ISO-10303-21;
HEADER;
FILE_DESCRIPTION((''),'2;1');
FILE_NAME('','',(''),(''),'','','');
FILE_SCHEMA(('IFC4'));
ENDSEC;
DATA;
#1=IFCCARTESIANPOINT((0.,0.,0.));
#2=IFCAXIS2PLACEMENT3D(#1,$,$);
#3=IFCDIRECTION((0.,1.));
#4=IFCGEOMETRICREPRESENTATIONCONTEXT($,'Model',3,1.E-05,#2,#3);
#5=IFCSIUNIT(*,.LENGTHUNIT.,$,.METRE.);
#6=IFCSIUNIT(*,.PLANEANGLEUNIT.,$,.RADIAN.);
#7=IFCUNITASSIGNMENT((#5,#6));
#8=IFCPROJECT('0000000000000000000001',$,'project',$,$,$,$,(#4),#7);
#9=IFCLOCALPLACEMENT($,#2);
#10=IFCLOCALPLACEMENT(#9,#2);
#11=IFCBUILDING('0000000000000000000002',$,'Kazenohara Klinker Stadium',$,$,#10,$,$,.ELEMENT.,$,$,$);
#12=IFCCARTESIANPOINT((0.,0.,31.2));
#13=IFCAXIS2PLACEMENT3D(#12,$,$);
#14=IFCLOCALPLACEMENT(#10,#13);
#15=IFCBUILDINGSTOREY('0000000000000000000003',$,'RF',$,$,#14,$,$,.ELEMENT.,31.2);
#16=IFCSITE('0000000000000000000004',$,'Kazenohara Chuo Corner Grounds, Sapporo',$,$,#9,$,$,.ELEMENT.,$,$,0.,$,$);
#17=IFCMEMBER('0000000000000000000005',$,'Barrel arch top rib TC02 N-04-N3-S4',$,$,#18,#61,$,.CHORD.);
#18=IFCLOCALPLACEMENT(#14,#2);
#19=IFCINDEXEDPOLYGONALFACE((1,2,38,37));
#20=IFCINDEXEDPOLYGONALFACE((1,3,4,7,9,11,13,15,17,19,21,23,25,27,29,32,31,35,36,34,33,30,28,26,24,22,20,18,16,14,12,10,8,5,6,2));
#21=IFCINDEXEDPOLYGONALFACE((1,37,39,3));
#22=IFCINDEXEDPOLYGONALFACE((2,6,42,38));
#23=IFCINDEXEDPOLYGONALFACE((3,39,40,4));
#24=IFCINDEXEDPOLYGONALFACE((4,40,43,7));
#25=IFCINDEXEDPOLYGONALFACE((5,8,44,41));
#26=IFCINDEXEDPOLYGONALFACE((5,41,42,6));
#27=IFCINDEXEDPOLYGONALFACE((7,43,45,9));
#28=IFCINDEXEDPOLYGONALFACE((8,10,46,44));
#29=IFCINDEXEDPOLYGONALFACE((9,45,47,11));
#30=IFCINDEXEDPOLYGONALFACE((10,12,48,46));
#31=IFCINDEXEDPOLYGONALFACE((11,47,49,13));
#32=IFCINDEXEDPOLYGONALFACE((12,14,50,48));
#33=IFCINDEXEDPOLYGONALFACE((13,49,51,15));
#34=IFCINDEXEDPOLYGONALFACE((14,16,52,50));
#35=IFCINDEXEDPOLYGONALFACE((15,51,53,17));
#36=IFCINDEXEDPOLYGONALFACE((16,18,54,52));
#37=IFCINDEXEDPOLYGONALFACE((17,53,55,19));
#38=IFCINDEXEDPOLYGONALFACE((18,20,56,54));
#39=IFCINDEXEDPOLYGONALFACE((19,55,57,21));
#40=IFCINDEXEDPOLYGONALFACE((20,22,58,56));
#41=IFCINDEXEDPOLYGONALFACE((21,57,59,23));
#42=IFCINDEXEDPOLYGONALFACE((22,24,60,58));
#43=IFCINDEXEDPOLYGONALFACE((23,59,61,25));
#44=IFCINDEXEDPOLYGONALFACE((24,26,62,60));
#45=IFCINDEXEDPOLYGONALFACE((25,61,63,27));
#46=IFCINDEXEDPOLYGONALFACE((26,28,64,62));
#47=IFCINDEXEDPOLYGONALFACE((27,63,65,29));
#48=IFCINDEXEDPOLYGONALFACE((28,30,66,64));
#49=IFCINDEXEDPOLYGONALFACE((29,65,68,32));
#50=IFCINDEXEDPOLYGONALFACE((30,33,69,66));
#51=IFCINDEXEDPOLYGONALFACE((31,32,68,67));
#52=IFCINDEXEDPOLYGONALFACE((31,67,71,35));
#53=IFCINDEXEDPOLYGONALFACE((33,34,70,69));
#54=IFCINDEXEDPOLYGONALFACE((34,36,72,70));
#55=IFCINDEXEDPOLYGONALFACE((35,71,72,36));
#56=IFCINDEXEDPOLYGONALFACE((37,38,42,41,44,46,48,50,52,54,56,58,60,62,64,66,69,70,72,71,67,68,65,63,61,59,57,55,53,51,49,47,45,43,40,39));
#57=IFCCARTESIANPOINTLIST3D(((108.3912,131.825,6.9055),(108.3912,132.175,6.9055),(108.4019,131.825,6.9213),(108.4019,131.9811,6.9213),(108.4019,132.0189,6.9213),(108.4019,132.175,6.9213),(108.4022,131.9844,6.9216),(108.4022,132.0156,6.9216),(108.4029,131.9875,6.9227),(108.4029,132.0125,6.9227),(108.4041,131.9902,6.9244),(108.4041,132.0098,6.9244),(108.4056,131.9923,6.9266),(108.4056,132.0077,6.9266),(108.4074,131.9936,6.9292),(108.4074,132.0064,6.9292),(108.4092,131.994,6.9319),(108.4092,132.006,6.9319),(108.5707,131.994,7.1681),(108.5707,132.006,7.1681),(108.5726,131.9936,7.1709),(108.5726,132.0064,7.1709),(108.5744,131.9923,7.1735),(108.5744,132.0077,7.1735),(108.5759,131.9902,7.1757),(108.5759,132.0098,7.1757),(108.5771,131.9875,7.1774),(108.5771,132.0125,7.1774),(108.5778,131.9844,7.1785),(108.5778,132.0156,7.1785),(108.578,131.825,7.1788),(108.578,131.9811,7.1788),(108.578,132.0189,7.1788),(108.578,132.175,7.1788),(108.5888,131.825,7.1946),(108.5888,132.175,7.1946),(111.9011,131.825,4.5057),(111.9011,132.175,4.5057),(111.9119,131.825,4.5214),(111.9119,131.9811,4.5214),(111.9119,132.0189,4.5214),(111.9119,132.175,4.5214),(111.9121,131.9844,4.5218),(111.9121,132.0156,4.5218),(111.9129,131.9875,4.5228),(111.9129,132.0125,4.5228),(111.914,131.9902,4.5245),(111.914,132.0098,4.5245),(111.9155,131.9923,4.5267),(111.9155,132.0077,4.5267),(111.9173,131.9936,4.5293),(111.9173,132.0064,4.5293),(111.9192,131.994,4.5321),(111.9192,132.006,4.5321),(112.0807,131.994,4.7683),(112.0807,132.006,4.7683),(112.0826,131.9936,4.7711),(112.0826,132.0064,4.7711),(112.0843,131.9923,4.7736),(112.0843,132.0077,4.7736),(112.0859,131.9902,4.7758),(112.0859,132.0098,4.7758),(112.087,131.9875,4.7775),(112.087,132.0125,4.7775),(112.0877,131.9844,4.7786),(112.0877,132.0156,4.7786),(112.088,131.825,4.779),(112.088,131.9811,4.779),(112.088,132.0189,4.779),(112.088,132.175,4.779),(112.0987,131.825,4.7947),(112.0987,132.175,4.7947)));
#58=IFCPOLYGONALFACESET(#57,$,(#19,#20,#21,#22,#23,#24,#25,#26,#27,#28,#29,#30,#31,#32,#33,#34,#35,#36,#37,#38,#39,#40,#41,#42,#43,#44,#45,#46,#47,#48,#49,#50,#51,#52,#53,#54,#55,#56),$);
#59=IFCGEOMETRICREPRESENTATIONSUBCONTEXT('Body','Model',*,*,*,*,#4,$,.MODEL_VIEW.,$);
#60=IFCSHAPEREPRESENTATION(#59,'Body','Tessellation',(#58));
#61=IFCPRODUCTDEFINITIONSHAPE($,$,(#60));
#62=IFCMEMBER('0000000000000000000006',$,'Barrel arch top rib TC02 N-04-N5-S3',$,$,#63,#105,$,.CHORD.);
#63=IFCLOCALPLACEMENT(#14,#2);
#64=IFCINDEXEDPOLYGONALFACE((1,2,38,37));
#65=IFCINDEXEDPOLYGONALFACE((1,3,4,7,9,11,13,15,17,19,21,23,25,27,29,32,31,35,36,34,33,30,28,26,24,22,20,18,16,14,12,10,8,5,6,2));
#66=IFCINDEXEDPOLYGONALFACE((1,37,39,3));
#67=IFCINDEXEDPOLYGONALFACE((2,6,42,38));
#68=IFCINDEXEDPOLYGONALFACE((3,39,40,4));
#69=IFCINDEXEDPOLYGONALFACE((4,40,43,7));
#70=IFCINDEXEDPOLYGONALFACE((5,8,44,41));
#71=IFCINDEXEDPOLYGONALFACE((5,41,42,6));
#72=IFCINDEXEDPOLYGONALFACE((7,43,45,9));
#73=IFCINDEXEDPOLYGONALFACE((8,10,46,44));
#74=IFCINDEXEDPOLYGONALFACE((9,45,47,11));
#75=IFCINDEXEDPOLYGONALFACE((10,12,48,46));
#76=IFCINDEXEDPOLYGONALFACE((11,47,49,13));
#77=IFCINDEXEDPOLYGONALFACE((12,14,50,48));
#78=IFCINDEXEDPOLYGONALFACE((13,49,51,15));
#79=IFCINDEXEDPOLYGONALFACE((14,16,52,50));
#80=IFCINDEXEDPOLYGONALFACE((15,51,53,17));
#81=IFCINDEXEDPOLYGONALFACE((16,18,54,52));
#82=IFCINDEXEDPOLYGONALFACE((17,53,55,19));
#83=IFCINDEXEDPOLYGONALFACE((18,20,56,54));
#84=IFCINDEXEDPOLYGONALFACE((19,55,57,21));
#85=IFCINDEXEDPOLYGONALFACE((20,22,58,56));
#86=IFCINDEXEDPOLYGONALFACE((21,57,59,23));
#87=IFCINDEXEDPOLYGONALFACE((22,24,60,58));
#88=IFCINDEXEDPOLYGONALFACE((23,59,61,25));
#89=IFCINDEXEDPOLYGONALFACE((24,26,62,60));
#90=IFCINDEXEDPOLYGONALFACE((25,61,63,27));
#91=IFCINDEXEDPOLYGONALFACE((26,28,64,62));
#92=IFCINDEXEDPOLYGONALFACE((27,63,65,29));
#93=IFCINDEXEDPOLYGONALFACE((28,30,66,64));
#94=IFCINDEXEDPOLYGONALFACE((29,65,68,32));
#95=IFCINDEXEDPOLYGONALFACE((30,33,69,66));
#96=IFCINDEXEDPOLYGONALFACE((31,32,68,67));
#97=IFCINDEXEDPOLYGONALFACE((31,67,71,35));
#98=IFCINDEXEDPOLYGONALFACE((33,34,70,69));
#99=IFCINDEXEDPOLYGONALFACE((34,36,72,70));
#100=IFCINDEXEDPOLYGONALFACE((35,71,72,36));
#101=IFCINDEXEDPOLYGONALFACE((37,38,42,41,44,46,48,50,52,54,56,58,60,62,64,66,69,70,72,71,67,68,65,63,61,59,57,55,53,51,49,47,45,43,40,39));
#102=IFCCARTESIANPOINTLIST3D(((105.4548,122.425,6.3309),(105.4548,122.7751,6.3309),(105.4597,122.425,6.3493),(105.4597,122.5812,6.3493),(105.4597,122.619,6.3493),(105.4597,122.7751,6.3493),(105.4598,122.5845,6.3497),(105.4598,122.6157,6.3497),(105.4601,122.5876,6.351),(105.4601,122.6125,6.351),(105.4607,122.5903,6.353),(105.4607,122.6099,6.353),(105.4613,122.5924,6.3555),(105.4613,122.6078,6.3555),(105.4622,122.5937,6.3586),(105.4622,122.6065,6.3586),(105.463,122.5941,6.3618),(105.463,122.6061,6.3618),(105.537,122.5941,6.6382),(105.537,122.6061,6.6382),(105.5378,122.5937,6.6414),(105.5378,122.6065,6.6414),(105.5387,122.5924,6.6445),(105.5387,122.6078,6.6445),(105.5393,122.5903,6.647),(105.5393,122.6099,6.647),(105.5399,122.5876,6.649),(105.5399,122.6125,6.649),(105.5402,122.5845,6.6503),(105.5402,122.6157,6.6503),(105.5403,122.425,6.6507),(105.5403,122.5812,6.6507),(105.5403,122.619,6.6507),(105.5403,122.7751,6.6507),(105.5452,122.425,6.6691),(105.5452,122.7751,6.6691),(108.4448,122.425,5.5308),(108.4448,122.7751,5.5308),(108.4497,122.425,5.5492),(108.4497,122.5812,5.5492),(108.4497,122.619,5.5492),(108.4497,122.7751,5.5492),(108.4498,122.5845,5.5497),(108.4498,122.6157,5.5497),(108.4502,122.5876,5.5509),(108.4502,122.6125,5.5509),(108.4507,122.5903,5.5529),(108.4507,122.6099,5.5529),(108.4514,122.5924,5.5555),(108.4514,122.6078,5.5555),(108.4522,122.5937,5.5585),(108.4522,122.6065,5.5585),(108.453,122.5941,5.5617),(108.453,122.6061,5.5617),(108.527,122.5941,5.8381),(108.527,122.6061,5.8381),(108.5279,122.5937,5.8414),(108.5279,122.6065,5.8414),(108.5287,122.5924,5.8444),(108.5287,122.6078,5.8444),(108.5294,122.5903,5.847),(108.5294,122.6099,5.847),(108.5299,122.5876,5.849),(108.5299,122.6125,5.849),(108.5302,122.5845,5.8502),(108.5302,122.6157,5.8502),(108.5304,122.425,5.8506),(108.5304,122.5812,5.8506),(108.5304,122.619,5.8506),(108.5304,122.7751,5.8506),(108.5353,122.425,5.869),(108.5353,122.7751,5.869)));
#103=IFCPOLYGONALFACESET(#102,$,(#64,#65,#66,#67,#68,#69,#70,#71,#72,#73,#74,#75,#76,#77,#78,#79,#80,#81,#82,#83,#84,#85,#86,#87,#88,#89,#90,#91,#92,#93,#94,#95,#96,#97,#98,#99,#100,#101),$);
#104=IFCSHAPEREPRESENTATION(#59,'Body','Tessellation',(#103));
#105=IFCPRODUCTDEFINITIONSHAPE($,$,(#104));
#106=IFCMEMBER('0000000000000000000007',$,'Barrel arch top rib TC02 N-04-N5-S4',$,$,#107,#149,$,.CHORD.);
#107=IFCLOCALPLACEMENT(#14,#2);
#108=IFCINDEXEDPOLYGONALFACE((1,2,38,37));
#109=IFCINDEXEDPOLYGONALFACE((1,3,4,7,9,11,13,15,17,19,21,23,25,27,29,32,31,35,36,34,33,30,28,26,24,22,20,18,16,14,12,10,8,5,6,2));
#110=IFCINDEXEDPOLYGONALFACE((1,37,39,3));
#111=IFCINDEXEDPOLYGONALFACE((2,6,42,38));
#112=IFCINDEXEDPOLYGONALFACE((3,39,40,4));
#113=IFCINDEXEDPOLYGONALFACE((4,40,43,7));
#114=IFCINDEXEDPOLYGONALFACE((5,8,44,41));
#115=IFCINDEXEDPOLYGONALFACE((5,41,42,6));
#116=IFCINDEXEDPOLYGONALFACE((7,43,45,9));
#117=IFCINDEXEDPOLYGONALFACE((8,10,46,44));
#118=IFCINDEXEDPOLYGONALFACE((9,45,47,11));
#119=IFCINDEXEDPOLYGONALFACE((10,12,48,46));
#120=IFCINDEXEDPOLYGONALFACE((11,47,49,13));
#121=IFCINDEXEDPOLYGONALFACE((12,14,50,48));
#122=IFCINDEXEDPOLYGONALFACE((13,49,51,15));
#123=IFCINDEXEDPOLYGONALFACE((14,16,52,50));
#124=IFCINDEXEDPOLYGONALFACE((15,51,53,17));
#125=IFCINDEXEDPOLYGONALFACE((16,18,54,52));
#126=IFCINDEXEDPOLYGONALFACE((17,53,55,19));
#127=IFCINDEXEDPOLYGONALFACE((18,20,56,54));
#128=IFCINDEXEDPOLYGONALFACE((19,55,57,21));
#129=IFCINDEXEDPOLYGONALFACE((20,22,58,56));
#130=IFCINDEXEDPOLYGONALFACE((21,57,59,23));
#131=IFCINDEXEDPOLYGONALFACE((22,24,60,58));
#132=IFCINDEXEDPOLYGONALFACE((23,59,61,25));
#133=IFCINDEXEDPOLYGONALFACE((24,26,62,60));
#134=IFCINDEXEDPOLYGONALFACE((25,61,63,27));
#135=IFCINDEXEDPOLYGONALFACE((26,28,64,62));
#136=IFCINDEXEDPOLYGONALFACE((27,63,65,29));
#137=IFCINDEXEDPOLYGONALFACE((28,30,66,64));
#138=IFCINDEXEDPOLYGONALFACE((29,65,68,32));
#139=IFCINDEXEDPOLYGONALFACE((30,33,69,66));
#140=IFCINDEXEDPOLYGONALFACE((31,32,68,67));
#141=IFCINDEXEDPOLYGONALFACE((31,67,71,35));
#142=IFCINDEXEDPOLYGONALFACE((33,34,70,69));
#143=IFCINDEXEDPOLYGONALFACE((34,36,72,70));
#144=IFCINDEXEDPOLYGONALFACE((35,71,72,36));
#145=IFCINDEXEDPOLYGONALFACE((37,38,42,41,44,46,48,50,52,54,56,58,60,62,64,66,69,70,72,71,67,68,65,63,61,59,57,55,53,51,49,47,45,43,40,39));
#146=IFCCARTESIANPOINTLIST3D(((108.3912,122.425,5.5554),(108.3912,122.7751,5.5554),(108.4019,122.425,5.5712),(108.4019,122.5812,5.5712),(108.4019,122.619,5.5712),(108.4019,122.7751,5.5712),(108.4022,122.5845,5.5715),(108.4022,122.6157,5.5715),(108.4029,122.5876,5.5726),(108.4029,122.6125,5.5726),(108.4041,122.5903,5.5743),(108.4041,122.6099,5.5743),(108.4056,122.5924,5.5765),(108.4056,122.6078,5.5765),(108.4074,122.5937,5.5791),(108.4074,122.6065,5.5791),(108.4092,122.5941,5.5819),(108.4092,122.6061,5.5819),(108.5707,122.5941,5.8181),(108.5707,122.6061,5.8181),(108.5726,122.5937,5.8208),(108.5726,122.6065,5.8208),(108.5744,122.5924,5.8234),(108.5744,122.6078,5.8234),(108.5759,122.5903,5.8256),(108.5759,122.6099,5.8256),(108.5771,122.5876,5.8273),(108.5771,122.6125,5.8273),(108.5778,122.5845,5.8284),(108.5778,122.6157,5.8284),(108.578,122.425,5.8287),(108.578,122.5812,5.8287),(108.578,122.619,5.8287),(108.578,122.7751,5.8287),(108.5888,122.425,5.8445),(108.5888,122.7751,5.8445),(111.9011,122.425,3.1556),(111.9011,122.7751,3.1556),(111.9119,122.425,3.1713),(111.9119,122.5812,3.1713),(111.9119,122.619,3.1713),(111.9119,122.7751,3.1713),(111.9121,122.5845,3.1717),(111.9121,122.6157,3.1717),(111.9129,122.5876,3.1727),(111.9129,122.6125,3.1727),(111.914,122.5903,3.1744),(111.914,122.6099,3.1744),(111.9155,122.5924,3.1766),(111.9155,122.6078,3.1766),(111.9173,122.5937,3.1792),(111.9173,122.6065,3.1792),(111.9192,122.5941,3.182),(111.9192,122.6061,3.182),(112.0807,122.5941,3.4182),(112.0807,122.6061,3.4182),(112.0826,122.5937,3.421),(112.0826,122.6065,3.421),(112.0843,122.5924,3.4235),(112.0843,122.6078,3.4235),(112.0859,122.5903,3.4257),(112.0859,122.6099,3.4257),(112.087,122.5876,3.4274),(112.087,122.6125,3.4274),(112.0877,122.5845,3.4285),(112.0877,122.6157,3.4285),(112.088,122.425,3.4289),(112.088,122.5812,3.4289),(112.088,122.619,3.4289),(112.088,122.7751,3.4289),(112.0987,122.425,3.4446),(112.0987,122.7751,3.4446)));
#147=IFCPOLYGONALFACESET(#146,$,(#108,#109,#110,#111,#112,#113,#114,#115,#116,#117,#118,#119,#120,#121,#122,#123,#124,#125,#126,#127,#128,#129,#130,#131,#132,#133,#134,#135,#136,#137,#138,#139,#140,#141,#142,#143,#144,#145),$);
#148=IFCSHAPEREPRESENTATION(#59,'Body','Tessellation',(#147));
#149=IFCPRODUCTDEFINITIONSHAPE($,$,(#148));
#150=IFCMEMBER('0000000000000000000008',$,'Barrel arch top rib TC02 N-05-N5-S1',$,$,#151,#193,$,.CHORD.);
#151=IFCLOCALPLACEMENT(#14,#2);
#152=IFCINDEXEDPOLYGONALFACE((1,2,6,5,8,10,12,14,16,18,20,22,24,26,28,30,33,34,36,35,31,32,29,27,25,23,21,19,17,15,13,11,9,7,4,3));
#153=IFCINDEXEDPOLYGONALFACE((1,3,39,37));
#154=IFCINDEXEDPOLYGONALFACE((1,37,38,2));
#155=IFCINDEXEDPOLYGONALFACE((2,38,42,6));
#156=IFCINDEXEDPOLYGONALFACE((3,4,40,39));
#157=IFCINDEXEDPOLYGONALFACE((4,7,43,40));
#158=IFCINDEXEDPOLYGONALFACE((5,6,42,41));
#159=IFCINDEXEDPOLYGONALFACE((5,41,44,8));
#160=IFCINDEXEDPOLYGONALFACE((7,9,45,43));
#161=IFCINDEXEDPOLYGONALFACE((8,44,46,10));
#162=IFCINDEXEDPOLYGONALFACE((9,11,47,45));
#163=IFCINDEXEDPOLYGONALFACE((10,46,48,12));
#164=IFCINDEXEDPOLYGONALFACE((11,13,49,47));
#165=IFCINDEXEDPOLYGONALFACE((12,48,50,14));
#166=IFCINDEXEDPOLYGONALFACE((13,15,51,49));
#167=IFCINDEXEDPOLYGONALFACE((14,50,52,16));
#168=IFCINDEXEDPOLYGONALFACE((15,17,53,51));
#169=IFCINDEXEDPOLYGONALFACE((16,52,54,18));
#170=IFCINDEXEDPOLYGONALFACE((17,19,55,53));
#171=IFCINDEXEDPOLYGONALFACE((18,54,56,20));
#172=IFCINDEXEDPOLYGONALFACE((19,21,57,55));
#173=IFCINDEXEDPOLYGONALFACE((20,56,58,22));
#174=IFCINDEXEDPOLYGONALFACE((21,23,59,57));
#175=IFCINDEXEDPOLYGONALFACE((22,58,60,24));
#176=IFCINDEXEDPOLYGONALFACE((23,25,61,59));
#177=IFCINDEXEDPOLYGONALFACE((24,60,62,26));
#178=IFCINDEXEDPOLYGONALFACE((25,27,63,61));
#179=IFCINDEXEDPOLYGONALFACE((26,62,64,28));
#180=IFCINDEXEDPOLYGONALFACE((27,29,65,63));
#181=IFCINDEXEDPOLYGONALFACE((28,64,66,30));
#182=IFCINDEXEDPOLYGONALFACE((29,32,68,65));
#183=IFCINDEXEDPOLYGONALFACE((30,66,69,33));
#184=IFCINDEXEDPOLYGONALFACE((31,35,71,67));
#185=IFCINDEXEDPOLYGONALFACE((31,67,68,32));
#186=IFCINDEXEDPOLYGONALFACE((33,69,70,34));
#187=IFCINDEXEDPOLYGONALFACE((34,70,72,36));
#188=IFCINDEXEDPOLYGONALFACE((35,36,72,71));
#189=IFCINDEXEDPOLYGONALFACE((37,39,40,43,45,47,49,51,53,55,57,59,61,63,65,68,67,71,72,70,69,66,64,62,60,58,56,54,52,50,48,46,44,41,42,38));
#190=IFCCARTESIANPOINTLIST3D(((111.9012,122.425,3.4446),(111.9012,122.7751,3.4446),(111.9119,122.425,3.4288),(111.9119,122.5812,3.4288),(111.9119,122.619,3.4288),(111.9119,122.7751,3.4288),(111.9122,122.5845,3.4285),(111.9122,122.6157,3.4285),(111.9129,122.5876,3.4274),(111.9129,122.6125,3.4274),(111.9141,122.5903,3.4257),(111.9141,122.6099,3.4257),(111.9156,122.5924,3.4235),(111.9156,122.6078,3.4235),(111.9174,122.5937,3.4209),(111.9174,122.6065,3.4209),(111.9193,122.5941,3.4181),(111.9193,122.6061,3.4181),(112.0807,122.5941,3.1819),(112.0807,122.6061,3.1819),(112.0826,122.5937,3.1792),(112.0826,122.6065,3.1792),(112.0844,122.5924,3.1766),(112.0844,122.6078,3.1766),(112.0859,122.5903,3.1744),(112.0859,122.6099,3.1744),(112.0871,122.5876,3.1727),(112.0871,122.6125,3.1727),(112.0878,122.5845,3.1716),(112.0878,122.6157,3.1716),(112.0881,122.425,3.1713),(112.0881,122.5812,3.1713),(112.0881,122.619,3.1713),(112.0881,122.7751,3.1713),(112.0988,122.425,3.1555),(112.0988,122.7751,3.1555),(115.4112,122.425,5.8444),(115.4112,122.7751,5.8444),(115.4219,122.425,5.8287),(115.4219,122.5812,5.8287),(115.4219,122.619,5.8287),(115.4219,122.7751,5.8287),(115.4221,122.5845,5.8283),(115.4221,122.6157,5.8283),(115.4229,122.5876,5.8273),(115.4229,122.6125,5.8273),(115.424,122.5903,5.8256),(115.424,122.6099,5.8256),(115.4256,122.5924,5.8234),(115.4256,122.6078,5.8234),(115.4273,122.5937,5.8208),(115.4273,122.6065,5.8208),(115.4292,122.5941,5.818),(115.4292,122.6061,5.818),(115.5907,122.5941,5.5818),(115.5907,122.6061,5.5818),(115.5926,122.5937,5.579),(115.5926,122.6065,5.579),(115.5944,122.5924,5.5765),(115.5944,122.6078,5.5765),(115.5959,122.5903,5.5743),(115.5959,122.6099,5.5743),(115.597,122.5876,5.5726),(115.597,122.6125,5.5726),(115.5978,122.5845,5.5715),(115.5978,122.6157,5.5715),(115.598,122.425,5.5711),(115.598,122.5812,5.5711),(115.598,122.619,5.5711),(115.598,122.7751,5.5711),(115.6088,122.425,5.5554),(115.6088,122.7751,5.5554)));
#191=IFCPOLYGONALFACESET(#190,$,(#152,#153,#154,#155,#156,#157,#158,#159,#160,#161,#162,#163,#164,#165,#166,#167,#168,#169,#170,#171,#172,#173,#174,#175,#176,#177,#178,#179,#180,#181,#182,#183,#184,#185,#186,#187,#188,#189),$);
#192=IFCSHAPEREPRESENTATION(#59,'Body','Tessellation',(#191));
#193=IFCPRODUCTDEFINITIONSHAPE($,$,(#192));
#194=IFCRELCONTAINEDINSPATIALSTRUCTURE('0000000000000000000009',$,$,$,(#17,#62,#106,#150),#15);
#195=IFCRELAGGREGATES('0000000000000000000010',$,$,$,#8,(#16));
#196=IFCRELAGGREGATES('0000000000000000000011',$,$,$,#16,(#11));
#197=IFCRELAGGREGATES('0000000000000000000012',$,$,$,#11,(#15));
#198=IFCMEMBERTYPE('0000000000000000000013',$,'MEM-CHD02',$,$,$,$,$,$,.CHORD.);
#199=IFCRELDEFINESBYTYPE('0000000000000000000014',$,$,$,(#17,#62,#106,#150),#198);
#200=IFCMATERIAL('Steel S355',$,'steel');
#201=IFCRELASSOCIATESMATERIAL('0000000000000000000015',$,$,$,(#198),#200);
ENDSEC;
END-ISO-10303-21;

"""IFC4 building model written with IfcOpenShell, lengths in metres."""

from ifc_helpers import new_model, si_unit, direction, frame, origin, origin_2d, place, context, subcontext, project, spatial, i_section, extrude, material, material_profile, profile_set, type_object, element, save


model = new_model("IFC4")

# Units and contexts
model_context = context("Model", 3, precision=1e-05, world=origin(), true_north=direction((0.0, 1.0)))
body_context = subcontext(model_context, "Body", "Model", "MODEL_VIEW")
ifc_project = project(units=[si_unit("LENGTHUNIT", "METRE"), si_unit("PLANEANGLEUNIT", "RADIAN")], contexts=[model_context])

# Site, building, storey
site_placement = place(None, origin())
site = spatial("IfcSite", under=ifc_project, at=site_placement, Name="Kazenohara Chuo Corner Grounds, Sapporo", CompositionType="ELEMENT", RefElevation=0.0)
building_placement = place(site_placement, origin())
building = spatial("IfcBuilding", under=site, at=building_placement, Name="Kazenohara Klinker Stadium", CompositionType="ELEMENT")
storey_placement = place(building_placement, frame((0.0, 0.0, 31.2)))
storey = spatial("IfcBuildingStorey", under=building, at=storey_placement, Name="RF", CompositionType="ELEMENT", Elevation=31.2)

# Members
ifc_material_1 = material(Name="Steel S355", Category="steel")
ifc_material_profile_1 = material_profile(ifc_material_1, i_section(OverallWidth=0.3501, OverallDepth=0.3501, WebThickness=0.012, FlangeThickness=0.019, FilletRadius=0.0129, at=origin_2d()), Name="H-350x350x12x19")
ifc_profile_set_1 = profile_set([ifc_material_profile_1], Name="Steel S355")
member_type_1 = type_object("IfcMemberType", Name="MEM-CHD02", PredefinedType="CHORD", material=ifc_profile_set_1)
member_1_placement = place(storey_placement, frame((108.49, 132.0, 7.05), z_axis=(0.825492, 0.0, -0.564414), x_axis=(0.0, 1.0, 0.0)))
element("IfcMember", 1, at=member_1_placement, inside=storey, type_object=member_type_1, Name="Barrel arch top rib TC02 N-04-N3-S4", PredefinedType="CHORD", context=body_context, shape_type="SweptSolid", body=[
    extrude(i_section(OverallWidth=0.3501, OverallDepth=0.3501, WebThickness=0.012, FlangeThickness=0.019, FilletRadius=0.0129, at=origin_2d()), origin(), (0.0, 0.0, 1.0), 4.252),
])
member_2_placement = place(storey_placement, frame((105.5, 122.6001, 6.5), z_axis=(0.966016, 0.0, -0.258482), x_axis=(0.0, 1.0, 0.0)))
element("IfcMember", 2, at=member_2_placement, inside=storey, type_object=member_type_1, Name="Barrel arch top rib TC02 N-04-N5-S3", PredefinedType="CHORD", context=body_context, shape_type="SweptSolid", body=[
    extrude(i_section(OverallWidth=0.3501, OverallDepth=0.3501, WebThickness=0.012, FlangeThickness=0.019, FilletRadius=0.0129, at=origin_2d()), origin(), (0.0, 0.0, 1.0), 3.0952),
])
for number, where, z_axis, x_axis, name in (
    (3, (108.49, 122.6001, 5.7), (0.825492, 0.0, -0.564414), (0.0, 1.0, 0.0), "Barrel arch top rib TC02 N-04-N5-S4"),
    (4, (112.0, 122.6001, 3.3), (0.825492, 0.0, 0.564414), (0.0, 1.0, 0.0), "Barrel arch top rib TC02 N-05-N5-S1"),
):
    element("IfcMember", number, at=place(storey_placement, frame(where, z_axis=z_axis, x_axis=x_axis)), inside=storey, type_object=member_type_1, Name=name, PredefinedType="CHORD", context=body_context, shape_type="SweptSolid", body=[
        extrude(i_section(OverallWidth=0.3501, OverallDepth=0.3501, WebThickness=0.012, FlangeThickness=0.019, FilletRadius=0.0129, at=origin_2d()), origin(), (0.0, 0.0, 1.0), 4.252),
    ])

save(model, "model.ifc")
